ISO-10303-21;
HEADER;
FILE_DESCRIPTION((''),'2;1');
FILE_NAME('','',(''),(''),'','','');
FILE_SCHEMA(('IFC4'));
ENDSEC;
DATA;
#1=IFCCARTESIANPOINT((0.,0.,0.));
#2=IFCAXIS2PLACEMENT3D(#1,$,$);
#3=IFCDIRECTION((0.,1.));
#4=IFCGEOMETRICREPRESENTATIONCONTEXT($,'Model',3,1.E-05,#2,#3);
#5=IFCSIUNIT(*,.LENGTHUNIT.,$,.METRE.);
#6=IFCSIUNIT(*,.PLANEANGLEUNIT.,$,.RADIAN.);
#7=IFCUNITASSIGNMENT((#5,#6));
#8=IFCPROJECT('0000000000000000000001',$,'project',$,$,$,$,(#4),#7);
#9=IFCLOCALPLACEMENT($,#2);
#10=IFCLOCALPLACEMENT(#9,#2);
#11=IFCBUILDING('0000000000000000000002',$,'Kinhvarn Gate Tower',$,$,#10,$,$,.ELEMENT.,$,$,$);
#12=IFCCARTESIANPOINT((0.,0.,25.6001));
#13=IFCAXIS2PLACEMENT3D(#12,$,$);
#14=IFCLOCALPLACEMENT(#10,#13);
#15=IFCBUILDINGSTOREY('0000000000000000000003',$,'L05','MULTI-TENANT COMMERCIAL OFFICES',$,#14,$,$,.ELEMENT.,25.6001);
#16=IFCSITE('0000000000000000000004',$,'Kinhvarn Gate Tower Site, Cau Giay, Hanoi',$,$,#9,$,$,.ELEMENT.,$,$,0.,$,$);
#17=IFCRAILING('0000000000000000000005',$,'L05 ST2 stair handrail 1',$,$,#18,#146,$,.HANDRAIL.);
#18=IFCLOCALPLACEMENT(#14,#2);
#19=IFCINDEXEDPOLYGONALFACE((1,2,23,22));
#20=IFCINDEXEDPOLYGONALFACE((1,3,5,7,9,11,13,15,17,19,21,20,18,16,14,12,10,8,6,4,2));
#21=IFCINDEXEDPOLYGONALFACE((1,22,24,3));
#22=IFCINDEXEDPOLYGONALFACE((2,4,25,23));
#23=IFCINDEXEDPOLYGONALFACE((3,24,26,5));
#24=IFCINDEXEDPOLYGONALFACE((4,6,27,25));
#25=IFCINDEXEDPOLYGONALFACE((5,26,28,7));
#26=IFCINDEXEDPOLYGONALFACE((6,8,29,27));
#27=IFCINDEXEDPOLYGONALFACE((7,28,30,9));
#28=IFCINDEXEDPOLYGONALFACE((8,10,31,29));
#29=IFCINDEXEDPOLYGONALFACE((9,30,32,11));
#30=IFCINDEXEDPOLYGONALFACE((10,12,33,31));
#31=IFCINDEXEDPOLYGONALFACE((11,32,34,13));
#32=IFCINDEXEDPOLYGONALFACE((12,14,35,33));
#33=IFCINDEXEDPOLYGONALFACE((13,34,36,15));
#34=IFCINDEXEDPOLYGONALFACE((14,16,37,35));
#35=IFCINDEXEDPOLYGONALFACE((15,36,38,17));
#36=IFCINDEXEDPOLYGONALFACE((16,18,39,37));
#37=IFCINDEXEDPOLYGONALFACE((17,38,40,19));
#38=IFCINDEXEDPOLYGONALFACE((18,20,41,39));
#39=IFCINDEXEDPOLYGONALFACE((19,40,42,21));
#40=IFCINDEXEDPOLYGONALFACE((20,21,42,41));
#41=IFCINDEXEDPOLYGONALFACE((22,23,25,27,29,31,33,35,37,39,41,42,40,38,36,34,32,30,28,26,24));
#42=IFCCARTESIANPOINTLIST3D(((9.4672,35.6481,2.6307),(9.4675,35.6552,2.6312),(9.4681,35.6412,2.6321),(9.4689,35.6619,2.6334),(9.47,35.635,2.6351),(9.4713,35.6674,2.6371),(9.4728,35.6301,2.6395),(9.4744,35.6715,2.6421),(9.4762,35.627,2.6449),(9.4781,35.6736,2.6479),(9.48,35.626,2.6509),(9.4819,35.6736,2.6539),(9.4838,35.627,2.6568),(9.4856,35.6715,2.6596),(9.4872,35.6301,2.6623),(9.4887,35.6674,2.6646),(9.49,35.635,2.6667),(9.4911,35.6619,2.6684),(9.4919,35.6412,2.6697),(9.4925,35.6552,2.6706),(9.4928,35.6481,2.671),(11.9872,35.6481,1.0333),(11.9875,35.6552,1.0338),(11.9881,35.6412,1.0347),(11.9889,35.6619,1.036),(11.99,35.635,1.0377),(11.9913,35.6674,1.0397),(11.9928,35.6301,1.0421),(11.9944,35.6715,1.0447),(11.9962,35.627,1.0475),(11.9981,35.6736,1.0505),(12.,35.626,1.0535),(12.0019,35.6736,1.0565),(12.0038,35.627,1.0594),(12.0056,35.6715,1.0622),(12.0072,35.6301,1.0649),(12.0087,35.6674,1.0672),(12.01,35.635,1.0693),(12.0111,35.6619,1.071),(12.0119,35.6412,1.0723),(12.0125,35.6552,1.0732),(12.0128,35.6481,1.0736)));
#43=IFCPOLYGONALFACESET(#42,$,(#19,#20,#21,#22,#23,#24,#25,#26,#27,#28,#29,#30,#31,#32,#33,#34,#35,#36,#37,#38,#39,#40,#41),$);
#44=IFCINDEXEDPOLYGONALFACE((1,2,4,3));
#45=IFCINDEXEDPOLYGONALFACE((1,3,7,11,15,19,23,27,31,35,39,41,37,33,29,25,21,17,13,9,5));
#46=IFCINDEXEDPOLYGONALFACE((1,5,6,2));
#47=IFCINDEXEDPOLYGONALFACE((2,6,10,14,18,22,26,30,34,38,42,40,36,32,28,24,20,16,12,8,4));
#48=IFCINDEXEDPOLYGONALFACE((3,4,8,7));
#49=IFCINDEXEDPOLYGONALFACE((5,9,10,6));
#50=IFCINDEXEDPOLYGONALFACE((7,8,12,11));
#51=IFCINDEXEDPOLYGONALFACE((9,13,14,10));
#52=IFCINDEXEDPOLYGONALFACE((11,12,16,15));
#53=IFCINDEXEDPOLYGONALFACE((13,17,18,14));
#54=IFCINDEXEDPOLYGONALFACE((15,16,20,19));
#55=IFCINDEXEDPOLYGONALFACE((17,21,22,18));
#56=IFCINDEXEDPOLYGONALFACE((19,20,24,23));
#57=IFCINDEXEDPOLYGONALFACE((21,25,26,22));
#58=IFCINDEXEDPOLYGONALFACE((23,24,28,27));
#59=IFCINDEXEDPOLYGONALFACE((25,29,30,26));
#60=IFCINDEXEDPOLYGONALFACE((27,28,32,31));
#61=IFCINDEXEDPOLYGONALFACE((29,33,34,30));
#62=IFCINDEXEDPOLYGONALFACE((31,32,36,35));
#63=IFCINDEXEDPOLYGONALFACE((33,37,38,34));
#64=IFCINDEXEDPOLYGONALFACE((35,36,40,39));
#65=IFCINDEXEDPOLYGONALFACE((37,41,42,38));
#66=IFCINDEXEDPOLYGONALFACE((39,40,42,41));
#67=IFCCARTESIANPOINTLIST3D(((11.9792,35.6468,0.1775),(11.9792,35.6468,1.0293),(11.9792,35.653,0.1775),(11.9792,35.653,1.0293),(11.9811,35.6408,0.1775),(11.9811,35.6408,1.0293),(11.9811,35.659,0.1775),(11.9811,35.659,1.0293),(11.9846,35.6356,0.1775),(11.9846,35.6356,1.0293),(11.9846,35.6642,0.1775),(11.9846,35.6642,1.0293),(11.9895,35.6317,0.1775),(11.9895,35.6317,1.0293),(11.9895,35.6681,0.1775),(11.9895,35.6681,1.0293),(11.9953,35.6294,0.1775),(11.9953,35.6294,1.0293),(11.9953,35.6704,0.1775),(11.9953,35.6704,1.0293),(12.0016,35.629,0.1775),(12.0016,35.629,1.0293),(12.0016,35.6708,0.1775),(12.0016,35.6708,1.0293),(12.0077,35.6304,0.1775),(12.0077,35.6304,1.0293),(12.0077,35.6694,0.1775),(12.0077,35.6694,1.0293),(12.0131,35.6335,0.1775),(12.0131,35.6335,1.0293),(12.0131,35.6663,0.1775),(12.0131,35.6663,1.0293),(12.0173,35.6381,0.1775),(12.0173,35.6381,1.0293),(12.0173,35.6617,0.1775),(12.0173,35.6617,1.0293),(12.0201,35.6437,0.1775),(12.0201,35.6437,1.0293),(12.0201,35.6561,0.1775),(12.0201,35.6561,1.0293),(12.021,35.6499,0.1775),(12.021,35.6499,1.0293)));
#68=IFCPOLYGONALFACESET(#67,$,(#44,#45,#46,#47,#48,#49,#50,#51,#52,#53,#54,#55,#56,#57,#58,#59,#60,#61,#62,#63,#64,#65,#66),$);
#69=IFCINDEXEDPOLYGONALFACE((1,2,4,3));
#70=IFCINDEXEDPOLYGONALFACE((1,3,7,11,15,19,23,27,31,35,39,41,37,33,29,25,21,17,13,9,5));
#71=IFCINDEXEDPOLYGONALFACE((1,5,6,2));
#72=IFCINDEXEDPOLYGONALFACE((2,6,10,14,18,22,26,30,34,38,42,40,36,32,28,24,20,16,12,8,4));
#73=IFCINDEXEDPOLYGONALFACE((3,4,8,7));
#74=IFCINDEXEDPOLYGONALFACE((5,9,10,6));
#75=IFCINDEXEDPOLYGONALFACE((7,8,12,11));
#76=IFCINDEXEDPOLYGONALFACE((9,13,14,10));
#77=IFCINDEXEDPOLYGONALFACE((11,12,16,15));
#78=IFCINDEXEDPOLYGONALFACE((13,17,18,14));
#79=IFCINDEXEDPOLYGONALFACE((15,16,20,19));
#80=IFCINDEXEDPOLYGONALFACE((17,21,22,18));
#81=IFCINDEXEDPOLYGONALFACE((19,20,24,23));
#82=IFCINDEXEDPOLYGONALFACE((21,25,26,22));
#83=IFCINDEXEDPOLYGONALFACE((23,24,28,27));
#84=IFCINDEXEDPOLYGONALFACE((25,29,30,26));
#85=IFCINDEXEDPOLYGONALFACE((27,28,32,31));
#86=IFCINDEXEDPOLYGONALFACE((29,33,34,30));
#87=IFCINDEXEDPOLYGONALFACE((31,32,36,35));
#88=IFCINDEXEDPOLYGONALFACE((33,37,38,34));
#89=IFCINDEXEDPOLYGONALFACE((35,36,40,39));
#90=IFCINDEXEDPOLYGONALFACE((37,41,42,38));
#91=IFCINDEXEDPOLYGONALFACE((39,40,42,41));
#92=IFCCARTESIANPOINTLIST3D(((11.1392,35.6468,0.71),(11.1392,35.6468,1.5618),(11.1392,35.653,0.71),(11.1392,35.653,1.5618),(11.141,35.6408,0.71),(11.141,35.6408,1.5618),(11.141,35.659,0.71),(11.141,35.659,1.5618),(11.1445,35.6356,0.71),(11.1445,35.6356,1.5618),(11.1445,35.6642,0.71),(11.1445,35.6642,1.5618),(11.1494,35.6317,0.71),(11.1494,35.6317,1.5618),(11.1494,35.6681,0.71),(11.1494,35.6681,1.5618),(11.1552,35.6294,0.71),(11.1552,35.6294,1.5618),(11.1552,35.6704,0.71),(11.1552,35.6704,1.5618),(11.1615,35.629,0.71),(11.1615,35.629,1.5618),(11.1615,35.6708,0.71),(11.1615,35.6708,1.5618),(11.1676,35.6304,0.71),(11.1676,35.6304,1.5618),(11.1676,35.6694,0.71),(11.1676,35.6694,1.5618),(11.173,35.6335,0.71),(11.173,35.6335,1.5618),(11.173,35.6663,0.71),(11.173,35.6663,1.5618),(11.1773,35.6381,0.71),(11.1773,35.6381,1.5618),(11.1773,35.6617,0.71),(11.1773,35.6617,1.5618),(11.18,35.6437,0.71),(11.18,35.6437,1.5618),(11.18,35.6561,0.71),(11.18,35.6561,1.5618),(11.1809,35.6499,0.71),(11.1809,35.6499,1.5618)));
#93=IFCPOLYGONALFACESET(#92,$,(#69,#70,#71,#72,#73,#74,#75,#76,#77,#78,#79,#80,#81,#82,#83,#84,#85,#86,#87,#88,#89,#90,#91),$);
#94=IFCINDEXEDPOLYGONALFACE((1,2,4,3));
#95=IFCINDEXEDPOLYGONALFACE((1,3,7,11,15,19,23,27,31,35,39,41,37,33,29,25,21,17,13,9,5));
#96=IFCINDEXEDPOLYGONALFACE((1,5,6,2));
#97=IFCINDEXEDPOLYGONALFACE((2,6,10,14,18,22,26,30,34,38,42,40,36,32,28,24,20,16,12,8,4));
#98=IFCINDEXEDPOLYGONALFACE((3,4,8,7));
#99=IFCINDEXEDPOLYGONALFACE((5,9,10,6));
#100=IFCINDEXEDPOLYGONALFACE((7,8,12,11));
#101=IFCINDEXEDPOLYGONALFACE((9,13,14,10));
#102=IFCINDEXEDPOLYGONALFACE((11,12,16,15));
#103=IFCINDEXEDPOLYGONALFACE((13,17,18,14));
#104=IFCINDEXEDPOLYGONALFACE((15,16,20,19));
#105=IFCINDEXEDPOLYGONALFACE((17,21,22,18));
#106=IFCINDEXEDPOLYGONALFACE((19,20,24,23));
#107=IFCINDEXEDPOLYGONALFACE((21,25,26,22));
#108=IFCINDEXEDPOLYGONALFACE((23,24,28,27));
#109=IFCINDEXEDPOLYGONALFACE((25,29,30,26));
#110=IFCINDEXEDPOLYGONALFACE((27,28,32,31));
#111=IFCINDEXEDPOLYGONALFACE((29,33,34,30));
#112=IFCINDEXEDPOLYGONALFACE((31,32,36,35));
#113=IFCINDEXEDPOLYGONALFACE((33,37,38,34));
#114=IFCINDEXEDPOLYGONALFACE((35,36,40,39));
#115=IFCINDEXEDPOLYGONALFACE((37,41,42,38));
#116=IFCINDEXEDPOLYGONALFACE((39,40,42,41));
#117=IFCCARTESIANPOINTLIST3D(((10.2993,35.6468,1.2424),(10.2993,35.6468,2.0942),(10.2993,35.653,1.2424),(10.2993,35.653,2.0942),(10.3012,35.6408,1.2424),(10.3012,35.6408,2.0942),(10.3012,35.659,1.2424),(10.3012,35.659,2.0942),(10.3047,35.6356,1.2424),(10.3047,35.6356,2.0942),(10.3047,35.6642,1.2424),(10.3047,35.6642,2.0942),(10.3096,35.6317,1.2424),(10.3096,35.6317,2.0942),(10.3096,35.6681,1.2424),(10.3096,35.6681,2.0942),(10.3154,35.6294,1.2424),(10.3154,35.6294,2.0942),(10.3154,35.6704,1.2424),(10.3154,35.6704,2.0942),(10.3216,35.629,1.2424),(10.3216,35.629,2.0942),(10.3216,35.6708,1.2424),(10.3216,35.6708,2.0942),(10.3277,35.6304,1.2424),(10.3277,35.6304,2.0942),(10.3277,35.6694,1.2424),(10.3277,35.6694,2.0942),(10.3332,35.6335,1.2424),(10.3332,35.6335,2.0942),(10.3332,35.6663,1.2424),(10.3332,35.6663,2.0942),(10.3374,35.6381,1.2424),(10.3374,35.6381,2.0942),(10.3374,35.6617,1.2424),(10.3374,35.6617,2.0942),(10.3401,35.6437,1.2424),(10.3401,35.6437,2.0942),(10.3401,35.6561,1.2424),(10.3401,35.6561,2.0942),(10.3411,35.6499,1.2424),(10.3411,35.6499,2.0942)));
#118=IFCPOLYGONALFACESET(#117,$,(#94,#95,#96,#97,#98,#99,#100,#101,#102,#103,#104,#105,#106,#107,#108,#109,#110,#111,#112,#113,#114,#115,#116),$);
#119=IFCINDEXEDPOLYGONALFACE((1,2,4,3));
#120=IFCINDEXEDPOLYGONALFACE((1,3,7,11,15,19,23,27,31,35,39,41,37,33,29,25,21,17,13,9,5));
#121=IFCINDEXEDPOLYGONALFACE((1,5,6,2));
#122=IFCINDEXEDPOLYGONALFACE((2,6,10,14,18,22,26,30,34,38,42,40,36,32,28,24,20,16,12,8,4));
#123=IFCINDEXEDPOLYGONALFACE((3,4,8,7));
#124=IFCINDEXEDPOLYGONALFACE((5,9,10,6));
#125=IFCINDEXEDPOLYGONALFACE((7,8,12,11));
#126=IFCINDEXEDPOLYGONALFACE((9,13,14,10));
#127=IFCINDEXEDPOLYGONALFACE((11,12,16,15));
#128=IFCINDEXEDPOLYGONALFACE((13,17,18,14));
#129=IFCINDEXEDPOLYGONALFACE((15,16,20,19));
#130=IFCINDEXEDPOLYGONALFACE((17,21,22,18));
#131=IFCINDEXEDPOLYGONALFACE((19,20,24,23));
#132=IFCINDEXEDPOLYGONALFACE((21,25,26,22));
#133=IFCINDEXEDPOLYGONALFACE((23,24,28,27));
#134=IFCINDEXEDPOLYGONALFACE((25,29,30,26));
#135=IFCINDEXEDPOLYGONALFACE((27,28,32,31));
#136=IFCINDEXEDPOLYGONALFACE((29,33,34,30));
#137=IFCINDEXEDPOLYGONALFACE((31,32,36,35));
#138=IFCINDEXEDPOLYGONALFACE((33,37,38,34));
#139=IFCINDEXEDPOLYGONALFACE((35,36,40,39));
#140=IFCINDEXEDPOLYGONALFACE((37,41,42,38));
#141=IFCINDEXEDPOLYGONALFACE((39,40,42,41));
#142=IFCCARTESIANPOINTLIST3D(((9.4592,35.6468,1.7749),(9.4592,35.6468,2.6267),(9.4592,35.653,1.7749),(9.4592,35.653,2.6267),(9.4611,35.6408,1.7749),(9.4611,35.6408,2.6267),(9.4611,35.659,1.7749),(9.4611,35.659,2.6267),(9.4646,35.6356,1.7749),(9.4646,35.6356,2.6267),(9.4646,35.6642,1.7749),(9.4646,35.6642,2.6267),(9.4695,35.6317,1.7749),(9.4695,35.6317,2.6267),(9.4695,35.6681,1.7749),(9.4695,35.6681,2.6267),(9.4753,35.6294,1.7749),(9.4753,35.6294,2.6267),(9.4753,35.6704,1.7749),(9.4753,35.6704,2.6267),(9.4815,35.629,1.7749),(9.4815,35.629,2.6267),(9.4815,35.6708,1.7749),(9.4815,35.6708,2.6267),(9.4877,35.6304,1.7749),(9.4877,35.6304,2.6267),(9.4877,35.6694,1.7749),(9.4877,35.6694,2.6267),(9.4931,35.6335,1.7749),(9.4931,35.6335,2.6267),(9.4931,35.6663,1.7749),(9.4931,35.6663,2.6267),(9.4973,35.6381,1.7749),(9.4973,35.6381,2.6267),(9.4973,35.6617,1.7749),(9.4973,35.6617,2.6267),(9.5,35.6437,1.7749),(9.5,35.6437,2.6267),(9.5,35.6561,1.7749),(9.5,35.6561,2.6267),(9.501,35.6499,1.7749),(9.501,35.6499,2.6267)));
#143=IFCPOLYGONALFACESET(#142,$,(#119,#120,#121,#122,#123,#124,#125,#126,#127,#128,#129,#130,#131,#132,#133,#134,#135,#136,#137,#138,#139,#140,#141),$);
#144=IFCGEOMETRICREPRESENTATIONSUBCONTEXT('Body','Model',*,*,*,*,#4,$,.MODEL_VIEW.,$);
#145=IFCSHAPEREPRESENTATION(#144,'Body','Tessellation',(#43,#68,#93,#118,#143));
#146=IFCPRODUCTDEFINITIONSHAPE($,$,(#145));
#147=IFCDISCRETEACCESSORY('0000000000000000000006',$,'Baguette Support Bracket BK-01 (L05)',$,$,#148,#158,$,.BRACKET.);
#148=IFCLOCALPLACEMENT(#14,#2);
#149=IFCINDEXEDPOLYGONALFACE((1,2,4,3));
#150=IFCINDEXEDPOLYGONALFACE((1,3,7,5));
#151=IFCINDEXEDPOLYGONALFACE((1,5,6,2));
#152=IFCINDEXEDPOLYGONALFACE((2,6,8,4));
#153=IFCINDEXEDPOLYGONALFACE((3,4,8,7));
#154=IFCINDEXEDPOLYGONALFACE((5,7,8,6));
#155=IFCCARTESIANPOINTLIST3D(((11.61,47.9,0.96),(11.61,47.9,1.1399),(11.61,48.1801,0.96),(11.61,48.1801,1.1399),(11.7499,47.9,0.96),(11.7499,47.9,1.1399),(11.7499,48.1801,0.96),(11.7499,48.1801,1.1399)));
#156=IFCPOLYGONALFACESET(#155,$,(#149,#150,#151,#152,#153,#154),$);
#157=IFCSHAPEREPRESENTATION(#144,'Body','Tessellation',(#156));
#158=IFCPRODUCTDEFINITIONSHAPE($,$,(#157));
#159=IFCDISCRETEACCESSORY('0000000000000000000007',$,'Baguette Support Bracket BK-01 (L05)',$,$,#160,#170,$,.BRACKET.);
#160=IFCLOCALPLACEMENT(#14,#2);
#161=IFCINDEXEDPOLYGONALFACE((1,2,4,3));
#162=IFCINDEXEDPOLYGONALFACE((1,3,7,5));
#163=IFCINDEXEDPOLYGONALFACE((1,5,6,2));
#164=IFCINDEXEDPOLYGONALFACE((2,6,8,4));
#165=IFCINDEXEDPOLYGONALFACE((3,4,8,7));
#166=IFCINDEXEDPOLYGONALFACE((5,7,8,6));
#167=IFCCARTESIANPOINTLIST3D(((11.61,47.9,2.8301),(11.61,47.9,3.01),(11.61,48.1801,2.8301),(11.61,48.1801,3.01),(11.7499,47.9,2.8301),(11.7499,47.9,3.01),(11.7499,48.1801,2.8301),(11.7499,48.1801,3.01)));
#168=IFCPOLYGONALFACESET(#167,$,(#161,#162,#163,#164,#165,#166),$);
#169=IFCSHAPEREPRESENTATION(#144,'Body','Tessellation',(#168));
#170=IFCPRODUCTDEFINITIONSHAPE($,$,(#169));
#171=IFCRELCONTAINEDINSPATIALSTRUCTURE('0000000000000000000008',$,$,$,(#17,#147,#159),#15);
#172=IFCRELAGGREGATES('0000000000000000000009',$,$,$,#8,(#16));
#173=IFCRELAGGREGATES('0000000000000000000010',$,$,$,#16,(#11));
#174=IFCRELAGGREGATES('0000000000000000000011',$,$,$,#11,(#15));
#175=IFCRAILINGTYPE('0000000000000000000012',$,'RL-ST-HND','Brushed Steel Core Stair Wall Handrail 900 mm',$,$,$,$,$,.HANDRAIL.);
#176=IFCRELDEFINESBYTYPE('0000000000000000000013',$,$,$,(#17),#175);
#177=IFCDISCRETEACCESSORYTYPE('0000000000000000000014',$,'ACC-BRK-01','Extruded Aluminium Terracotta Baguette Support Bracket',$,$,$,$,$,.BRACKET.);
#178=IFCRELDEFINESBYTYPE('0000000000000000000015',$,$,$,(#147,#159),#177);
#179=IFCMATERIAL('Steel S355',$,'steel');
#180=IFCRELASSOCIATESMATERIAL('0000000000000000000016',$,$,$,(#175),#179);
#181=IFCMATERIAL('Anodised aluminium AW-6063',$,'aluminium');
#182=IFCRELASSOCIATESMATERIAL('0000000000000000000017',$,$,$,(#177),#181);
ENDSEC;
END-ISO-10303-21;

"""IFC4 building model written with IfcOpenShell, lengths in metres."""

from ifc_helpers import new_model, si_unit, direction, frame, origin, origin_2d, place, context, subcontext, project, spatial, rectangle, circle, extrude, material, type_object, element, save


model = new_model("IFC4")

# Units and contexts
model_context = context("Model", 3, precision=1e-05, world=origin(), true_north=direction((0.0, 1.0)))
body_context = subcontext(model_context, "Body", "Model", "MODEL_VIEW")
ifc_project = project(units=[si_unit("LENGTHUNIT", "METRE"), si_unit("PLANEANGLEUNIT", "RADIAN")], contexts=[model_context])

# Site, building, storey
site_placement = place(None, origin())
site = spatial("IfcSite", under=ifc_project, at=site_placement, Name="Kinhvarn Gate Tower Site, Cau Giay, Hanoi", CompositionType="ELEMENT", RefElevation=0.0)
building_placement = place(site_placement, origin())
building = spatial("IfcBuilding", under=site, at=building_placement, Name="Kinhvarn Gate Tower", CompositionType="ELEMENT")
storey_placement = place(building_placement, frame((0.0, 0.0, 25.6001)))
storey = spatial("IfcBuildingStorey", under=building, at=storey_placement, Name="L05", Description="MULTI-TENANT COMMERCIAL OFFICES", CompositionType="ELEMENT", Elevation=25.6001)

# Shared definitions
ifc_material_1 = material(Name="Anodised aluminium AW-6063", Category="aluminium")

# Shared definitions
ifc_material_2 = material(Name="Steel S355", Category="steel")

# Railing
railing_type_1 = type_object("IfcRailingType", Name="RL-ST-HND", Description="Brushed Steel Core Stair Wall Handrail 900 mm", PredefinedType="HANDRAIL", material=ifc_material_2)
railing_1_placement = place(storey_placement, frame((12.0, 35.6499, 0.1775)))
element("IfcRailing", 1, at=railing_1_placement, inside=storey, type_object=railing_type_1, Name="L05 ST2 stair handrail 1", PredefinedType="HANDRAIL", context=body_context, shape_type="SweptSolid", body=[
    extrude(circle(Radius=0.0239, at=origin_2d()), frame((0.0, 0.0, 0.876), z_axis=(-0.844607, 0.0, 0.535387), x_axis=(0.0, -1.0, 0.0)), (0.0, 0.0, 1.0), 2.9836),
    extrude(circle(Radius=0.021, at=origin_2d()), origin(), (0.0, 0.0, 1.0), 0.8518),
    extrude(circle(Radius=0.021, at=origin_2d()), frame((-0.8401, 0.0, 0.5325)), (0.0, 0.0, 1.0), 0.8518),
    extrude(circle(Radius=0.021, at=origin_2d()), frame((-1.6799, 0.0, 1.0649)), (0.0, 0.0, 1.0), 0.8518),
    extrude(circle(Radius=0.021, at=origin_2d()), frame((-2.52, 0.0, 1.5974)), (0.0, 0.0, 1.0), 0.8518),
])

# Discrete accessories
discrete_accessory_type = type_object("IfcDiscreteAccessoryType", Name="ACC-BRK-01", Description="Extruded Aluminium Terracotta Baguette Support Bracket", PredefinedType="BRACKET", material=ifc_material_1)
for number, where, z_axis, x_axis, name in (
    (2, (11.6799, 48.04, 0.96), (0.0, 0.0, 1.0), (-1.0, 0.0, 0.0), "Baguette Support Bracket BK-01 (L05)"),
    (3, (11.6799, 48.04, 2.8301), (0.0, 0.0, 1.0), (-1.0, 0.0, 0.0), "Baguette Support Bracket BK-01 (L05)"),
):
    element("IfcDiscreteAccessory", number, at=place(storey_placement, frame(where, z_axis=z_axis, x_axis=x_axis)), inside=storey, type_object=discrete_accessory_type, Name=name, PredefinedType="BRACKET", context=body_context, shape_type="SweptSolid", body=[
        extrude(rectangle(XDim=0.1399, YDim=0.28, at=origin_2d()), origin(), (0.0, 0.0, 1.0), 0.1799),
    ])

save(model, "model.ifc")
